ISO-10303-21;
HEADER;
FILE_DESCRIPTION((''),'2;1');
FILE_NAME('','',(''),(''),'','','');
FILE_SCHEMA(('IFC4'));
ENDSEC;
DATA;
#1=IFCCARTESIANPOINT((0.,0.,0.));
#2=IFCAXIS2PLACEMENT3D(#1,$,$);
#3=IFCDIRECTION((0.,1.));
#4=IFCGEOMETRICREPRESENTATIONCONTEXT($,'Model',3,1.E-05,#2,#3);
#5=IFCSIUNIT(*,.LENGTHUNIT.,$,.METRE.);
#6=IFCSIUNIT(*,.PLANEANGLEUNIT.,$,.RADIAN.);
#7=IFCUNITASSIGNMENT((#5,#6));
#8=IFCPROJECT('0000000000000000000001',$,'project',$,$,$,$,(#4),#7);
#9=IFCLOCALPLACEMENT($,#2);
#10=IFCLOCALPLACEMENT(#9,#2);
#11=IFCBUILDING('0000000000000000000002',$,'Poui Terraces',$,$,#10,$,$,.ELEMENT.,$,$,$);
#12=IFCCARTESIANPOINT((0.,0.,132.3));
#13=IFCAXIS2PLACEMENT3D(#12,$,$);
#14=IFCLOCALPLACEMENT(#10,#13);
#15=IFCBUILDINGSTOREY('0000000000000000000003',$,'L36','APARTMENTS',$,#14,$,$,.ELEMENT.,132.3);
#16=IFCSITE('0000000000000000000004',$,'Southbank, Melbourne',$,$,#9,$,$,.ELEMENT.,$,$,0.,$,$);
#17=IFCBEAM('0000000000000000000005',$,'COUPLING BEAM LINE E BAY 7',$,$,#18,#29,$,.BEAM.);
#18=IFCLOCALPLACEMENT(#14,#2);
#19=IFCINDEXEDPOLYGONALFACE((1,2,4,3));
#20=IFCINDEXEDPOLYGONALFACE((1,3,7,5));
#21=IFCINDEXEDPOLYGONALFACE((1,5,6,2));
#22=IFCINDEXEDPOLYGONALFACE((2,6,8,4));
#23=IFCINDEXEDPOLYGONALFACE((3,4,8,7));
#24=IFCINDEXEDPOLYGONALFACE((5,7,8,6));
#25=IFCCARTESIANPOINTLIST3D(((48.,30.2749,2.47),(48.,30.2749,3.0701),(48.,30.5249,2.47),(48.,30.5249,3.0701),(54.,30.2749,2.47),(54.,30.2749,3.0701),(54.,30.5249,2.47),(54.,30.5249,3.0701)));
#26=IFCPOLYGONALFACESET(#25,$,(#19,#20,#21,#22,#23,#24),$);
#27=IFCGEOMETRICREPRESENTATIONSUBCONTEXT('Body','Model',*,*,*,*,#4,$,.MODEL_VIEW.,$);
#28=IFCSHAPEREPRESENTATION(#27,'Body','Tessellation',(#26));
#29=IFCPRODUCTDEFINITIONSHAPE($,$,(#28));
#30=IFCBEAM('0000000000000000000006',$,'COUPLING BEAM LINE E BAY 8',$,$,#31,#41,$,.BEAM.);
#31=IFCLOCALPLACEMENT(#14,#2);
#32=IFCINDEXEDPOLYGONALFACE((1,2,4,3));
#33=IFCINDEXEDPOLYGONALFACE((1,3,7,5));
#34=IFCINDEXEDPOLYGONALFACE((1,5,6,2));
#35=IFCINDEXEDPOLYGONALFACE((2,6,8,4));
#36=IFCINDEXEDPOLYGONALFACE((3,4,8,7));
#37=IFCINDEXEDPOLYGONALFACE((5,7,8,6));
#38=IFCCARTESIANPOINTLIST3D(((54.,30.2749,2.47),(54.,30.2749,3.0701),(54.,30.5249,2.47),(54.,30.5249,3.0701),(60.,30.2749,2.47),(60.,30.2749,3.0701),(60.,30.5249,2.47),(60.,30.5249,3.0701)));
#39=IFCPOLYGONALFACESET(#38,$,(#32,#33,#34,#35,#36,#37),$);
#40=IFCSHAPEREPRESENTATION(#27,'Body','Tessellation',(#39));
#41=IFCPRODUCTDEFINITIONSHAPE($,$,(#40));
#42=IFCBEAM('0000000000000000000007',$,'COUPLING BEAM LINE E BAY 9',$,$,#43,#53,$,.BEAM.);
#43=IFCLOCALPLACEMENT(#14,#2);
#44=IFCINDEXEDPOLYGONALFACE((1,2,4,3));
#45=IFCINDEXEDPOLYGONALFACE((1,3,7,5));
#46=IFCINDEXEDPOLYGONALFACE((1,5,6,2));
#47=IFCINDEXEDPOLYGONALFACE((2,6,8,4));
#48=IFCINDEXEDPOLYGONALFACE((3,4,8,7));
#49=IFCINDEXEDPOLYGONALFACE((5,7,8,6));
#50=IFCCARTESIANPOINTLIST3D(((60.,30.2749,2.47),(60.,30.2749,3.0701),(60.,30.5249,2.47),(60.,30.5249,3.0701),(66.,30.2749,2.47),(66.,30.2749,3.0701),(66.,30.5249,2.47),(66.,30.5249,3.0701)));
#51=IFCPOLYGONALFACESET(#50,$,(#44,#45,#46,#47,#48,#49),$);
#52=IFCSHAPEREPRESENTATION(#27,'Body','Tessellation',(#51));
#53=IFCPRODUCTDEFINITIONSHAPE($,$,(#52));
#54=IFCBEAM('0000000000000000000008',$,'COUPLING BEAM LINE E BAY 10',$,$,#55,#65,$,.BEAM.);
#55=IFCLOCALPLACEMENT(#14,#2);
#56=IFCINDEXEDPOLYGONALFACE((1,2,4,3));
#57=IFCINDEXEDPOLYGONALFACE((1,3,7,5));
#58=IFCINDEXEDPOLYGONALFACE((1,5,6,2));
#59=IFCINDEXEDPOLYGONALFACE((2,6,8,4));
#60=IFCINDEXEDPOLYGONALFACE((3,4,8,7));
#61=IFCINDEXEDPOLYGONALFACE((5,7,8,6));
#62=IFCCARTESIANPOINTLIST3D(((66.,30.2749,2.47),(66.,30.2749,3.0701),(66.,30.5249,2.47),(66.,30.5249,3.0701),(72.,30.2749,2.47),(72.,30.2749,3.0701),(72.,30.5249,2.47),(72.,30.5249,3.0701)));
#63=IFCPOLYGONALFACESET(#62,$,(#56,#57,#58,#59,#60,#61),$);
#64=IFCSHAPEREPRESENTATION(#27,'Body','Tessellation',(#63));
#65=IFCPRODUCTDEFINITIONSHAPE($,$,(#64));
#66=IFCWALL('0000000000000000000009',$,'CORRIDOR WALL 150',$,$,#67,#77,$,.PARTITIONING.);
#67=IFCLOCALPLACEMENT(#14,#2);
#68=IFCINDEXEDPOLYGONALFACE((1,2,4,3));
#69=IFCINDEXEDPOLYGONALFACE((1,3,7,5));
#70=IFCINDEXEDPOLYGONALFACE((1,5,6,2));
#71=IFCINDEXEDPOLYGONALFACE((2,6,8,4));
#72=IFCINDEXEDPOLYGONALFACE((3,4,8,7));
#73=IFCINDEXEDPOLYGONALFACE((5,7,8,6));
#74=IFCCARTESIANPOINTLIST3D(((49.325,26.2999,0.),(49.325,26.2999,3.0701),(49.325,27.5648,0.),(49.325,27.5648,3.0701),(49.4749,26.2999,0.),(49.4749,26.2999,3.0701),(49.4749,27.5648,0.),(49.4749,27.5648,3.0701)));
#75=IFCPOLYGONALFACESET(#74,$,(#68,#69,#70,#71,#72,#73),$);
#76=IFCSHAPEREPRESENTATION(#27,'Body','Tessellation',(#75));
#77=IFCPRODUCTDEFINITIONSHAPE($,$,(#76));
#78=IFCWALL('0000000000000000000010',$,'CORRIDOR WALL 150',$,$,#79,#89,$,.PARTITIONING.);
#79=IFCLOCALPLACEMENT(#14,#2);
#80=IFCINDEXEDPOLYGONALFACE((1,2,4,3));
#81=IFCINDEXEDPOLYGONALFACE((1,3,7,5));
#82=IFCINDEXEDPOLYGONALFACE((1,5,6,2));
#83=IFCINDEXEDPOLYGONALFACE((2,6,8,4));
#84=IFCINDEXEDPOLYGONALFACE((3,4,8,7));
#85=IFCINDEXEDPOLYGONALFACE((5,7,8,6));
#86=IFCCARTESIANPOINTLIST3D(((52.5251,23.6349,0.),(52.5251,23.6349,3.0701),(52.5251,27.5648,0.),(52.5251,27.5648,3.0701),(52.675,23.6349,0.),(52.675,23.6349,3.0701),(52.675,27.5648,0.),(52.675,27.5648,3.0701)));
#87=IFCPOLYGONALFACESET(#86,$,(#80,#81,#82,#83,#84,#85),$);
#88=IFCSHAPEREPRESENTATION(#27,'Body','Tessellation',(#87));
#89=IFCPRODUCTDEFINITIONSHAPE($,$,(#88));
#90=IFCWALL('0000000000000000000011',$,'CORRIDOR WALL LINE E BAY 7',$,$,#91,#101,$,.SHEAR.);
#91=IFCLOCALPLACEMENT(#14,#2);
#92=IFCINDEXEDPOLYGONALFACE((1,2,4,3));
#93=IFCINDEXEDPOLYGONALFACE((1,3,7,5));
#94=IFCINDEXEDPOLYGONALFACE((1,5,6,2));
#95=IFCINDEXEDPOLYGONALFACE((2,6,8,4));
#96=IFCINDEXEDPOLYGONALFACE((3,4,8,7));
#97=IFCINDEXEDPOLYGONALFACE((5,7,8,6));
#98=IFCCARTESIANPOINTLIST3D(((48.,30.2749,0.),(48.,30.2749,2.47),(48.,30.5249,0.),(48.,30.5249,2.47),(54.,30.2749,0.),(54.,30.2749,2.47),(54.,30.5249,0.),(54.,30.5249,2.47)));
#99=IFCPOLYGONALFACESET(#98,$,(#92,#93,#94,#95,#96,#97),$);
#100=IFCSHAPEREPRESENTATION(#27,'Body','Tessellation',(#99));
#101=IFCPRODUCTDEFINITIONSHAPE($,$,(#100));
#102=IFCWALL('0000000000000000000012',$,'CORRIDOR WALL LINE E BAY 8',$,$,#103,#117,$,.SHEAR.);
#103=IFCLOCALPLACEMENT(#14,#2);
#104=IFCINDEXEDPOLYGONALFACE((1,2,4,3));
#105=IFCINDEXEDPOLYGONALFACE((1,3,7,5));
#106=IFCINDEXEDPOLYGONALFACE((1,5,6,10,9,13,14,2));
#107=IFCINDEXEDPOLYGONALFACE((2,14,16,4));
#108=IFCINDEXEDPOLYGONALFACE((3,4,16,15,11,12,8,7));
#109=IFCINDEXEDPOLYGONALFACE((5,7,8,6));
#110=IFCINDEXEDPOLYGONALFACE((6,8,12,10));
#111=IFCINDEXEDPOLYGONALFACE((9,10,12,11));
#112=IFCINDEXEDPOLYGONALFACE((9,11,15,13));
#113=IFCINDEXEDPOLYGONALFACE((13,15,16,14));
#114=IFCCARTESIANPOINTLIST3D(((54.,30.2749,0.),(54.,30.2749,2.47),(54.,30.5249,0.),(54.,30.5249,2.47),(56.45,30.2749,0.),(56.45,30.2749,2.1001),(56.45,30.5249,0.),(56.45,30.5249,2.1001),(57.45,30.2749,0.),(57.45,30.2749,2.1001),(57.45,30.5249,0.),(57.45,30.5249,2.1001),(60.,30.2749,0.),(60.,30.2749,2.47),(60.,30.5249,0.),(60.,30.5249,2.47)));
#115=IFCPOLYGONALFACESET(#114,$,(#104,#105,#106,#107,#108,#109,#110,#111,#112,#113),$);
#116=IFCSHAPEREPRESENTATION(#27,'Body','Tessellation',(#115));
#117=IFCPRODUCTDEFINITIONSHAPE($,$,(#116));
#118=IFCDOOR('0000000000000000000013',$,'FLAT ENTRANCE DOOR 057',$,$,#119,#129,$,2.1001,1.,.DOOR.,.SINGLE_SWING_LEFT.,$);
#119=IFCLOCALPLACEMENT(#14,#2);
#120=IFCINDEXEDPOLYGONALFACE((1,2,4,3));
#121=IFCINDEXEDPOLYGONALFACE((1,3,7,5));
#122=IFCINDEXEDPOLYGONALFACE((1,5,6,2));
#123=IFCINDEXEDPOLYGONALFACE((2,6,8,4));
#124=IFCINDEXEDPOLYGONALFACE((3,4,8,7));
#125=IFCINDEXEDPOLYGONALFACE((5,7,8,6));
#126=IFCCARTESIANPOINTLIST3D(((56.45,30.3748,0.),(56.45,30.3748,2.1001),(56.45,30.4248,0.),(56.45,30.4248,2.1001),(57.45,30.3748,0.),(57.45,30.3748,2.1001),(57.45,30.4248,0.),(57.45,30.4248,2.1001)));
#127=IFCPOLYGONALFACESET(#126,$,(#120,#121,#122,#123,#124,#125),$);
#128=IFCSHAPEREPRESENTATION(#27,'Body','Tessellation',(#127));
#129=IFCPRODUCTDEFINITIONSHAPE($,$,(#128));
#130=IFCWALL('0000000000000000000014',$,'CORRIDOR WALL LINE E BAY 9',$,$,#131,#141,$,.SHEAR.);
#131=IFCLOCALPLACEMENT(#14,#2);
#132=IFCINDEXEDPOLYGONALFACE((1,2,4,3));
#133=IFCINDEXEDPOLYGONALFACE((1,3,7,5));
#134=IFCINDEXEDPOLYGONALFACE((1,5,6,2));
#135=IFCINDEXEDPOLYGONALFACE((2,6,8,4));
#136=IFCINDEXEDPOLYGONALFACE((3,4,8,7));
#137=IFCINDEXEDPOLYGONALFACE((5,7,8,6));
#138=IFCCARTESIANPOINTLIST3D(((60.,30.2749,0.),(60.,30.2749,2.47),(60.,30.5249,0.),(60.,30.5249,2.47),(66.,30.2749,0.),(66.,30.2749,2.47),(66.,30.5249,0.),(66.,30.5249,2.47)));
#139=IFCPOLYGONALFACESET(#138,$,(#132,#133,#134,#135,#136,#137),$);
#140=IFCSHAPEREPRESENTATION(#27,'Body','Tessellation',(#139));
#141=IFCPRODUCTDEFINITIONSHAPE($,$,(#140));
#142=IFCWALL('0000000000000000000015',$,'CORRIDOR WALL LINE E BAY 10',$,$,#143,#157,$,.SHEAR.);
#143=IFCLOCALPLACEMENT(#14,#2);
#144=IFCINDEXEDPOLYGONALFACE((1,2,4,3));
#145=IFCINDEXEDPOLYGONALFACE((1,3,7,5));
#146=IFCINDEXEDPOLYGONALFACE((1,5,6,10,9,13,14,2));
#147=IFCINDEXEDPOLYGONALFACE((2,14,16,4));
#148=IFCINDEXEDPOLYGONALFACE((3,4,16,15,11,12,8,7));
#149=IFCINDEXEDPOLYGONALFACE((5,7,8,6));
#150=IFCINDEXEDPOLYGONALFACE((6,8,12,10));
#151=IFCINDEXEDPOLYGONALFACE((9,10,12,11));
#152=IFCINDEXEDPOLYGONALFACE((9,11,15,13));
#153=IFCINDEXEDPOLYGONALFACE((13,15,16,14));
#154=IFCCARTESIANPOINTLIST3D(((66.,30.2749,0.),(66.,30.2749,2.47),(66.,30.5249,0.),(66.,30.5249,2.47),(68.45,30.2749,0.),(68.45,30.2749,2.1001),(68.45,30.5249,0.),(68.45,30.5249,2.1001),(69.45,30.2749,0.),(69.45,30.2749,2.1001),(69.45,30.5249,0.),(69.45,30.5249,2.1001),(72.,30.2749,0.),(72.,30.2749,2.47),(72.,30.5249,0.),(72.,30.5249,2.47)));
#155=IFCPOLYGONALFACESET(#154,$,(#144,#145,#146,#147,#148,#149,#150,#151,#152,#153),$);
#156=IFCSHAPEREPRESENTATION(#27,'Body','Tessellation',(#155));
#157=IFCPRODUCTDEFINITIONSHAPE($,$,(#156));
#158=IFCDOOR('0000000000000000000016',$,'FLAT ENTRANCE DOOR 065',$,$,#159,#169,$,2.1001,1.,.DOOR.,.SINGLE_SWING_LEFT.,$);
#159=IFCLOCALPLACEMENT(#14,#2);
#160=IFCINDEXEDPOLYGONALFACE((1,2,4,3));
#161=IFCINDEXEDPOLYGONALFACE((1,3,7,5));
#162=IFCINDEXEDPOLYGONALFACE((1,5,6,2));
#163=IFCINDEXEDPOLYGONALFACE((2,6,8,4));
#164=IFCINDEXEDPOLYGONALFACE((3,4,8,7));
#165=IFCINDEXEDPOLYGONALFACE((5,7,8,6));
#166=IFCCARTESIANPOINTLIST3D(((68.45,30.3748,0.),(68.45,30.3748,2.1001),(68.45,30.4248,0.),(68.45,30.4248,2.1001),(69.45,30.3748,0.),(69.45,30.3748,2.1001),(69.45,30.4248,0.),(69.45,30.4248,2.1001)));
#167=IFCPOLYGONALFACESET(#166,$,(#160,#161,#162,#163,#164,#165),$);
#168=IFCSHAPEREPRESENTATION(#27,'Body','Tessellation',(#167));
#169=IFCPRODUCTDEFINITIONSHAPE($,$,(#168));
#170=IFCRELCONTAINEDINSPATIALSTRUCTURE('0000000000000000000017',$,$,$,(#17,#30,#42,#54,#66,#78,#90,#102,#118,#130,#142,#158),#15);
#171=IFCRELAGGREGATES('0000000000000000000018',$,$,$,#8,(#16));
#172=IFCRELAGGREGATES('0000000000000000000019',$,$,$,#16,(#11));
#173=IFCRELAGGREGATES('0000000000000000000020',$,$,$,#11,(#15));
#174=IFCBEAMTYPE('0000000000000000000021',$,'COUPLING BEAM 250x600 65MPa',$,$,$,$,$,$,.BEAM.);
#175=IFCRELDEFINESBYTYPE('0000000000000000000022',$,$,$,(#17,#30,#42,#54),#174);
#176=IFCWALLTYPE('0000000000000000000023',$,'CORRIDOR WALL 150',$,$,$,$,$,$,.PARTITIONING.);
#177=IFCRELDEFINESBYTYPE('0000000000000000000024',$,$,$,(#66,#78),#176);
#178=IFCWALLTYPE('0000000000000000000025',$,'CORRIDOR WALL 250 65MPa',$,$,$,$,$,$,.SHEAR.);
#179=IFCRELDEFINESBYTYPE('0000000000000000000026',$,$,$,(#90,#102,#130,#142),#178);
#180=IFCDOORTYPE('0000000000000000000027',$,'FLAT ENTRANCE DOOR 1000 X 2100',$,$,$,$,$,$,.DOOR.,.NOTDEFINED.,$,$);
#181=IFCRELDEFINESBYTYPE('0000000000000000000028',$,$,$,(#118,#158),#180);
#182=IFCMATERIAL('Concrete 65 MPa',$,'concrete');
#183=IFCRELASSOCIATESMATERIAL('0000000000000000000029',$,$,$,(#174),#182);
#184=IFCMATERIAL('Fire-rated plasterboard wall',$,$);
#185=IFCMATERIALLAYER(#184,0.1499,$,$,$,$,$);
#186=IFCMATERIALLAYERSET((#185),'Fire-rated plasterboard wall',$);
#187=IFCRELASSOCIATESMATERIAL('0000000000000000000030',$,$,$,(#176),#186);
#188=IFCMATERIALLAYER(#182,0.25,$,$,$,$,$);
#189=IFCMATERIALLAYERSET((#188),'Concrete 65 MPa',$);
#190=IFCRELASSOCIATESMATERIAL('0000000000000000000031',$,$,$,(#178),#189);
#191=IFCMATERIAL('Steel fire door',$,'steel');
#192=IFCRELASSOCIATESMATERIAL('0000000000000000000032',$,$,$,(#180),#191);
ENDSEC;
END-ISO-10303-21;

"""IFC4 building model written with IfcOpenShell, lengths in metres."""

from ifc_helpers import new_model, si_unit, direction, frame, frame_2d, origin, origin_2d, place, context, subcontext, project, spatial, rectangle, extrude, source, transform, mapped, material, layer, layer_set, material_profile, profile_set, type_object, element, fill, save


model = new_model("IFC4")

# Units and contexts
model_context = context("Model", 3, precision=1e-05, world=origin(), true_north=direction((0.0, 1.0)))
body_context = subcontext(model_context, "Body", "Model", "MODEL_VIEW")
ifc_project = project(units=[si_unit("LENGTHUNIT", "METRE"), si_unit("PLANEANGLEUNIT", "RADIAN")], contexts=[model_context])

# Site, building, storey
site_placement = place(None, origin())
site = spatial("IfcSite", under=ifc_project, at=site_placement, Name="Southbank, Melbourne", CompositionType="ELEMENT", RefElevation=0.0)
building_placement = place(site_placement, origin())
building = spatial("IfcBuilding", under=site, at=building_placement, Name="Poui Terraces", CompositionType="ELEMENT")
storey_placement = place(building_placement, frame((0.0, 0.0, 132.3)))
storey = spatial("IfcBuildingStorey", under=building, at=storey_placement, Name="L36", Description="APARTMENTS", CompositionType="ELEMENT", Elevation=132.3)

# Beams
ifc_material_1 = material(Name="Concrete 65 MPa", Category="concrete")
ifc_material_profile = material_profile(ifc_material_1, rectangle(XDim=0.25, YDim=0.6001, at=origin_2d()), Name="RC 250x600")
ifc_profile_set = profile_set([ifc_material_profile], Name="Concrete 65 MPa")
beam_type = type_object("IfcBeamType", Name="COUPLING BEAM 250x600 65MPa", PredefinedType="BEAM", material=ifc_profile_set)
shared_shape = source(origin(), body_context, "Body", "SweptSolid", [
    extrude(rectangle(XDim=0.25, YDim=0.6001, at=origin_2d()), origin(), (0.0, 0.0, 1.0), 6.0),
])
for number, where, z_axis, x_axis, name in (
    (1, (48.0, 30.3999, 2.77), (1.0, 0.0, 0.0), (0.0, 1.0, 0.0), "COUPLING BEAM LINE E BAY 7"),
    (2, (54.0, 30.3999, 2.77), (1.0, 0.0, 0.0), (0.0, 1.0, 0.0), "COUPLING BEAM LINE E BAY 8"),
    (3, (60.0, 30.3999, 2.77), (1.0, 0.0, 0.0), (0.0, 1.0, 0.0), "COUPLING BEAM LINE E BAY 9"),
    (4, (66.0, 30.3999, 2.77), (1.0, 0.0, 0.0), (0.0, 1.0, 0.0), "COUPLING BEAM LINE E BAY 10"),
):
    element("IfcBeam", number, at=place(storey_placement, frame(where, z_axis=z_axis, x_axis=x_axis)), inside=storey, type_object=beam_type, Name=name, PredefinedType="BEAM", context=body_context, shape_type="MappedRepresentation", body=[
        mapped(shared_shape, transform((0.0, 0.0, 0.0))),
    ])

# Walls
ifc_material_2 = material(Name="Fire-rated plasterboard wall")
ifc_layer_1 = layer(ifc_material_2, 0.1499)
ifc_layer_set_1 = layer_set([ifc_layer_1], Name="Fire-rated plasterboard wall")
wall_type_1 = type_object("IfcWallType", Name="CORRIDOR WALL 150", PredefinedType="PARTITIONING", material=ifc_layer_set_1)
wall_1_placement = place(storey_placement, frame((49.3999, 26.3, 0.0), z_axis=(0.0, 0.0, 1.0), x_axis=(0.0, 1.0, 0.0)))
element("IfcWall", 5, at=wall_1_placement, inside=storey, type_object=wall_type_1, Name="CORRIDOR WALL 150", PredefinedType="PARTITIONING", context=body_context, shape_type="SweptSolid", body=[
    extrude(rectangle(XDim=1.2649, YDim=0.1499, at=frame_2d((0.6323, 0.0))), origin(), (0.0, 0.0, 1.0), 3.0701),
])
wall_2_placement = place(storey_placement, frame((52.6001, 23.635, 0.0), z_axis=(0.0, 0.0, 1.0), x_axis=(0.0, 1.0, 0.0)))
element("IfcWall", 6, at=wall_2_placement, inside=storey, type_object=wall_type_1, Name="CORRIDOR WALL 150", PredefinedType="PARTITIONING", context=body_context, shape_type="SweptSolid", body=[
    extrude(rectangle(XDim=3.9299, YDim=0.1499, at=frame_2d((1.9648, 0.0))), origin(), (0.0, 0.0, 1.0), 3.0701),
])
ifc_layer_2 = layer(ifc_material_1, 0.25)
ifc_layer_set_2 = layer_set([ifc_layer_2], Name="Concrete 65 MPa")
wall_type_2 = type_object("IfcWallType", Name="CORRIDOR WALL 250 65MPa", PredefinedType="SHEAR", material=ifc_layer_set_2)
wall_3_placement = place(storey_placement, frame((48.0, 30.3999, 0.0), z_axis=(0.0, 0.0, 1.0), x_axis=(1.0, 0.0, 0.0)))
element("IfcWall", 7, at=wall_3_placement, inside=storey, type_object=wall_type_2, Name="CORRIDOR WALL LINE E BAY 7", PredefinedType="SHEAR", context=body_context, shape_type="SweptSolid", body=[
    extrude(rectangle(XDim=6.0, YDim=0.25, at=frame_2d((3.0, 0.0))), origin(), (0.0, 0.0, 1.0), 2.47),
])

# Wall, opening, door
wall_4_placement = place(storey_placement, frame((54.0, 30.3999, 0.0), z_axis=(0.0, 0.0, 1.0), x_axis=(1.0, 0.0, 0.0)))
wall_4 = element("IfcWall", 8, at=wall_4_placement, inside=storey, type_object=wall_type_2, Name="CORRIDOR WALL LINE E BAY 8", PredefinedType="SHEAR", context=body_context, shape_type="SweptSolid", body=[
    extrude(rectangle(XDim=6.0, YDim=0.25, at=frame_2d((3.0, 0.0))), origin(), (0.0, 0.0, 1.0), 2.47),
])
opening_1_placement = place(wall_4_placement, frame((2.45, 0.0, 0.0)))
opening_1 = element("IfcOpeningElement", 9, at=opening_1_placement, cuts=wall_4, PredefinedType="OPENING", context=body_context, shape_type="SweptSolid", body=[
    extrude(rectangle(XDim=1.0, YDim=2.1001, at=frame_2d((0.5, 1.05))), frame((0.0, 0.135, 0.0), z_axis=(0.0, -1.0, 0.0), x_axis=(1.0, 0.0, 0.0)), (0.0, 0.0, 1.0), 0.27),
])
ifc_material_3 = material(Name="Steel fire door", Category="steel")
door_type_1 = type_object("IfcDoorType", Name="FLAT ENTRANCE DOOR 1000 X 2100", OperationType="NOTDEFINED", PredefinedType="DOOR", material=ifc_material_3)
door_1_placement = place(opening_1_placement, origin())
door_1 = element("IfcDoor", 10, at=door_1_placement, inside=storey, type_object=door_type_1, Name="FLAT ENTRANCE DOOR 057", OperationType="SINGLE_SWING_LEFT", OverallHeight=2.1001, OverallWidth=1.0, PredefinedType="DOOR", context=body_context, shape_type="SweptSolid", body=[
    extrude(rectangle(XDim=1.0, YDim=2.1001, at=frame_2d((0.5, 1.05))), frame((0.0, 0.0249, 0.0), z_axis=(0.0, -1.0, 0.0), x_axis=(1.0, 0.0, 0.0)), (0.0, 0.0, 1.0), 0.05),
])
fill(opening_1, door_1)

# Wall
wall_5_placement = place(storey_placement, frame((60.0, 30.3999, 0.0), z_axis=(0.0, 0.0, 1.0), x_axis=(1.0, 0.0, 0.0)))
element("IfcWall", 11, at=wall_5_placement, inside=storey, type_object=wall_type_2, Name="CORRIDOR WALL LINE E BAY 9", PredefinedType="SHEAR", context=body_context, shape_type="SweptSolid", body=[
    extrude(rectangle(XDim=6.0, YDim=0.25, at=frame_2d((3.0, 0.0))), origin(), (0.0, 0.0, 1.0), 2.47),
])

# Wall, opening, door
wall_6_placement = place(storey_placement, frame((66.0, 30.3999, 0.0), z_axis=(0.0, 0.0, 1.0), x_axis=(1.0, 0.0, 0.0)))
wall_6 = element("IfcWall", 12, at=wall_6_placement, inside=storey, type_object=wall_type_2, Name="CORRIDOR WALL LINE E BAY 10", PredefinedType="SHEAR", context=body_context, shape_type="SweptSolid", body=[
    extrude(rectangle(XDim=6.0, YDim=0.25, at=frame_2d((3.0, 0.0))), origin(), (0.0, 0.0, 1.0), 2.47),
])
opening_2_placement = place(wall_6_placement, frame((2.45, 0.0, 0.0)))
opening_2 = element("IfcOpeningElement", 13, at=opening_2_placement, cuts=wall_6, PredefinedType="OPENING", context=body_context, shape_type="SweptSolid", body=[
    extrude(rectangle(XDim=1.0, YDim=2.1001, at=frame_2d((0.5, 1.05))), frame((0.0, 0.135, 0.0), z_axis=(0.0, -1.0, 0.0), x_axis=(1.0, 0.0, 0.0)), (0.0, 0.0, 1.0), 0.27),
])
door_2_placement = place(opening_2_placement, origin())
door_2 = element("IfcDoor", 14, at=door_2_placement, inside=storey, type_object=door_type_1, Name="FLAT ENTRANCE DOOR 065", OperationType="SINGLE_SWING_LEFT", OverallHeight=2.1001, OverallWidth=1.0, PredefinedType="DOOR", context=body_context, shape_type="SweptSolid", body=[
    extrude(rectangle(XDim=1.0, YDim=2.1001, at=frame_2d((0.5, 1.05))), frame((0.0, 0.0249, 0.0), z_axis=(0.0, -1.0, 0.0), x_axis=(1.0, 0.0, 0.0)), (0.0, 0.0, 1.0), 0.05),
])
fill(opening_2, door_2)

save(model, "model.ifc")
